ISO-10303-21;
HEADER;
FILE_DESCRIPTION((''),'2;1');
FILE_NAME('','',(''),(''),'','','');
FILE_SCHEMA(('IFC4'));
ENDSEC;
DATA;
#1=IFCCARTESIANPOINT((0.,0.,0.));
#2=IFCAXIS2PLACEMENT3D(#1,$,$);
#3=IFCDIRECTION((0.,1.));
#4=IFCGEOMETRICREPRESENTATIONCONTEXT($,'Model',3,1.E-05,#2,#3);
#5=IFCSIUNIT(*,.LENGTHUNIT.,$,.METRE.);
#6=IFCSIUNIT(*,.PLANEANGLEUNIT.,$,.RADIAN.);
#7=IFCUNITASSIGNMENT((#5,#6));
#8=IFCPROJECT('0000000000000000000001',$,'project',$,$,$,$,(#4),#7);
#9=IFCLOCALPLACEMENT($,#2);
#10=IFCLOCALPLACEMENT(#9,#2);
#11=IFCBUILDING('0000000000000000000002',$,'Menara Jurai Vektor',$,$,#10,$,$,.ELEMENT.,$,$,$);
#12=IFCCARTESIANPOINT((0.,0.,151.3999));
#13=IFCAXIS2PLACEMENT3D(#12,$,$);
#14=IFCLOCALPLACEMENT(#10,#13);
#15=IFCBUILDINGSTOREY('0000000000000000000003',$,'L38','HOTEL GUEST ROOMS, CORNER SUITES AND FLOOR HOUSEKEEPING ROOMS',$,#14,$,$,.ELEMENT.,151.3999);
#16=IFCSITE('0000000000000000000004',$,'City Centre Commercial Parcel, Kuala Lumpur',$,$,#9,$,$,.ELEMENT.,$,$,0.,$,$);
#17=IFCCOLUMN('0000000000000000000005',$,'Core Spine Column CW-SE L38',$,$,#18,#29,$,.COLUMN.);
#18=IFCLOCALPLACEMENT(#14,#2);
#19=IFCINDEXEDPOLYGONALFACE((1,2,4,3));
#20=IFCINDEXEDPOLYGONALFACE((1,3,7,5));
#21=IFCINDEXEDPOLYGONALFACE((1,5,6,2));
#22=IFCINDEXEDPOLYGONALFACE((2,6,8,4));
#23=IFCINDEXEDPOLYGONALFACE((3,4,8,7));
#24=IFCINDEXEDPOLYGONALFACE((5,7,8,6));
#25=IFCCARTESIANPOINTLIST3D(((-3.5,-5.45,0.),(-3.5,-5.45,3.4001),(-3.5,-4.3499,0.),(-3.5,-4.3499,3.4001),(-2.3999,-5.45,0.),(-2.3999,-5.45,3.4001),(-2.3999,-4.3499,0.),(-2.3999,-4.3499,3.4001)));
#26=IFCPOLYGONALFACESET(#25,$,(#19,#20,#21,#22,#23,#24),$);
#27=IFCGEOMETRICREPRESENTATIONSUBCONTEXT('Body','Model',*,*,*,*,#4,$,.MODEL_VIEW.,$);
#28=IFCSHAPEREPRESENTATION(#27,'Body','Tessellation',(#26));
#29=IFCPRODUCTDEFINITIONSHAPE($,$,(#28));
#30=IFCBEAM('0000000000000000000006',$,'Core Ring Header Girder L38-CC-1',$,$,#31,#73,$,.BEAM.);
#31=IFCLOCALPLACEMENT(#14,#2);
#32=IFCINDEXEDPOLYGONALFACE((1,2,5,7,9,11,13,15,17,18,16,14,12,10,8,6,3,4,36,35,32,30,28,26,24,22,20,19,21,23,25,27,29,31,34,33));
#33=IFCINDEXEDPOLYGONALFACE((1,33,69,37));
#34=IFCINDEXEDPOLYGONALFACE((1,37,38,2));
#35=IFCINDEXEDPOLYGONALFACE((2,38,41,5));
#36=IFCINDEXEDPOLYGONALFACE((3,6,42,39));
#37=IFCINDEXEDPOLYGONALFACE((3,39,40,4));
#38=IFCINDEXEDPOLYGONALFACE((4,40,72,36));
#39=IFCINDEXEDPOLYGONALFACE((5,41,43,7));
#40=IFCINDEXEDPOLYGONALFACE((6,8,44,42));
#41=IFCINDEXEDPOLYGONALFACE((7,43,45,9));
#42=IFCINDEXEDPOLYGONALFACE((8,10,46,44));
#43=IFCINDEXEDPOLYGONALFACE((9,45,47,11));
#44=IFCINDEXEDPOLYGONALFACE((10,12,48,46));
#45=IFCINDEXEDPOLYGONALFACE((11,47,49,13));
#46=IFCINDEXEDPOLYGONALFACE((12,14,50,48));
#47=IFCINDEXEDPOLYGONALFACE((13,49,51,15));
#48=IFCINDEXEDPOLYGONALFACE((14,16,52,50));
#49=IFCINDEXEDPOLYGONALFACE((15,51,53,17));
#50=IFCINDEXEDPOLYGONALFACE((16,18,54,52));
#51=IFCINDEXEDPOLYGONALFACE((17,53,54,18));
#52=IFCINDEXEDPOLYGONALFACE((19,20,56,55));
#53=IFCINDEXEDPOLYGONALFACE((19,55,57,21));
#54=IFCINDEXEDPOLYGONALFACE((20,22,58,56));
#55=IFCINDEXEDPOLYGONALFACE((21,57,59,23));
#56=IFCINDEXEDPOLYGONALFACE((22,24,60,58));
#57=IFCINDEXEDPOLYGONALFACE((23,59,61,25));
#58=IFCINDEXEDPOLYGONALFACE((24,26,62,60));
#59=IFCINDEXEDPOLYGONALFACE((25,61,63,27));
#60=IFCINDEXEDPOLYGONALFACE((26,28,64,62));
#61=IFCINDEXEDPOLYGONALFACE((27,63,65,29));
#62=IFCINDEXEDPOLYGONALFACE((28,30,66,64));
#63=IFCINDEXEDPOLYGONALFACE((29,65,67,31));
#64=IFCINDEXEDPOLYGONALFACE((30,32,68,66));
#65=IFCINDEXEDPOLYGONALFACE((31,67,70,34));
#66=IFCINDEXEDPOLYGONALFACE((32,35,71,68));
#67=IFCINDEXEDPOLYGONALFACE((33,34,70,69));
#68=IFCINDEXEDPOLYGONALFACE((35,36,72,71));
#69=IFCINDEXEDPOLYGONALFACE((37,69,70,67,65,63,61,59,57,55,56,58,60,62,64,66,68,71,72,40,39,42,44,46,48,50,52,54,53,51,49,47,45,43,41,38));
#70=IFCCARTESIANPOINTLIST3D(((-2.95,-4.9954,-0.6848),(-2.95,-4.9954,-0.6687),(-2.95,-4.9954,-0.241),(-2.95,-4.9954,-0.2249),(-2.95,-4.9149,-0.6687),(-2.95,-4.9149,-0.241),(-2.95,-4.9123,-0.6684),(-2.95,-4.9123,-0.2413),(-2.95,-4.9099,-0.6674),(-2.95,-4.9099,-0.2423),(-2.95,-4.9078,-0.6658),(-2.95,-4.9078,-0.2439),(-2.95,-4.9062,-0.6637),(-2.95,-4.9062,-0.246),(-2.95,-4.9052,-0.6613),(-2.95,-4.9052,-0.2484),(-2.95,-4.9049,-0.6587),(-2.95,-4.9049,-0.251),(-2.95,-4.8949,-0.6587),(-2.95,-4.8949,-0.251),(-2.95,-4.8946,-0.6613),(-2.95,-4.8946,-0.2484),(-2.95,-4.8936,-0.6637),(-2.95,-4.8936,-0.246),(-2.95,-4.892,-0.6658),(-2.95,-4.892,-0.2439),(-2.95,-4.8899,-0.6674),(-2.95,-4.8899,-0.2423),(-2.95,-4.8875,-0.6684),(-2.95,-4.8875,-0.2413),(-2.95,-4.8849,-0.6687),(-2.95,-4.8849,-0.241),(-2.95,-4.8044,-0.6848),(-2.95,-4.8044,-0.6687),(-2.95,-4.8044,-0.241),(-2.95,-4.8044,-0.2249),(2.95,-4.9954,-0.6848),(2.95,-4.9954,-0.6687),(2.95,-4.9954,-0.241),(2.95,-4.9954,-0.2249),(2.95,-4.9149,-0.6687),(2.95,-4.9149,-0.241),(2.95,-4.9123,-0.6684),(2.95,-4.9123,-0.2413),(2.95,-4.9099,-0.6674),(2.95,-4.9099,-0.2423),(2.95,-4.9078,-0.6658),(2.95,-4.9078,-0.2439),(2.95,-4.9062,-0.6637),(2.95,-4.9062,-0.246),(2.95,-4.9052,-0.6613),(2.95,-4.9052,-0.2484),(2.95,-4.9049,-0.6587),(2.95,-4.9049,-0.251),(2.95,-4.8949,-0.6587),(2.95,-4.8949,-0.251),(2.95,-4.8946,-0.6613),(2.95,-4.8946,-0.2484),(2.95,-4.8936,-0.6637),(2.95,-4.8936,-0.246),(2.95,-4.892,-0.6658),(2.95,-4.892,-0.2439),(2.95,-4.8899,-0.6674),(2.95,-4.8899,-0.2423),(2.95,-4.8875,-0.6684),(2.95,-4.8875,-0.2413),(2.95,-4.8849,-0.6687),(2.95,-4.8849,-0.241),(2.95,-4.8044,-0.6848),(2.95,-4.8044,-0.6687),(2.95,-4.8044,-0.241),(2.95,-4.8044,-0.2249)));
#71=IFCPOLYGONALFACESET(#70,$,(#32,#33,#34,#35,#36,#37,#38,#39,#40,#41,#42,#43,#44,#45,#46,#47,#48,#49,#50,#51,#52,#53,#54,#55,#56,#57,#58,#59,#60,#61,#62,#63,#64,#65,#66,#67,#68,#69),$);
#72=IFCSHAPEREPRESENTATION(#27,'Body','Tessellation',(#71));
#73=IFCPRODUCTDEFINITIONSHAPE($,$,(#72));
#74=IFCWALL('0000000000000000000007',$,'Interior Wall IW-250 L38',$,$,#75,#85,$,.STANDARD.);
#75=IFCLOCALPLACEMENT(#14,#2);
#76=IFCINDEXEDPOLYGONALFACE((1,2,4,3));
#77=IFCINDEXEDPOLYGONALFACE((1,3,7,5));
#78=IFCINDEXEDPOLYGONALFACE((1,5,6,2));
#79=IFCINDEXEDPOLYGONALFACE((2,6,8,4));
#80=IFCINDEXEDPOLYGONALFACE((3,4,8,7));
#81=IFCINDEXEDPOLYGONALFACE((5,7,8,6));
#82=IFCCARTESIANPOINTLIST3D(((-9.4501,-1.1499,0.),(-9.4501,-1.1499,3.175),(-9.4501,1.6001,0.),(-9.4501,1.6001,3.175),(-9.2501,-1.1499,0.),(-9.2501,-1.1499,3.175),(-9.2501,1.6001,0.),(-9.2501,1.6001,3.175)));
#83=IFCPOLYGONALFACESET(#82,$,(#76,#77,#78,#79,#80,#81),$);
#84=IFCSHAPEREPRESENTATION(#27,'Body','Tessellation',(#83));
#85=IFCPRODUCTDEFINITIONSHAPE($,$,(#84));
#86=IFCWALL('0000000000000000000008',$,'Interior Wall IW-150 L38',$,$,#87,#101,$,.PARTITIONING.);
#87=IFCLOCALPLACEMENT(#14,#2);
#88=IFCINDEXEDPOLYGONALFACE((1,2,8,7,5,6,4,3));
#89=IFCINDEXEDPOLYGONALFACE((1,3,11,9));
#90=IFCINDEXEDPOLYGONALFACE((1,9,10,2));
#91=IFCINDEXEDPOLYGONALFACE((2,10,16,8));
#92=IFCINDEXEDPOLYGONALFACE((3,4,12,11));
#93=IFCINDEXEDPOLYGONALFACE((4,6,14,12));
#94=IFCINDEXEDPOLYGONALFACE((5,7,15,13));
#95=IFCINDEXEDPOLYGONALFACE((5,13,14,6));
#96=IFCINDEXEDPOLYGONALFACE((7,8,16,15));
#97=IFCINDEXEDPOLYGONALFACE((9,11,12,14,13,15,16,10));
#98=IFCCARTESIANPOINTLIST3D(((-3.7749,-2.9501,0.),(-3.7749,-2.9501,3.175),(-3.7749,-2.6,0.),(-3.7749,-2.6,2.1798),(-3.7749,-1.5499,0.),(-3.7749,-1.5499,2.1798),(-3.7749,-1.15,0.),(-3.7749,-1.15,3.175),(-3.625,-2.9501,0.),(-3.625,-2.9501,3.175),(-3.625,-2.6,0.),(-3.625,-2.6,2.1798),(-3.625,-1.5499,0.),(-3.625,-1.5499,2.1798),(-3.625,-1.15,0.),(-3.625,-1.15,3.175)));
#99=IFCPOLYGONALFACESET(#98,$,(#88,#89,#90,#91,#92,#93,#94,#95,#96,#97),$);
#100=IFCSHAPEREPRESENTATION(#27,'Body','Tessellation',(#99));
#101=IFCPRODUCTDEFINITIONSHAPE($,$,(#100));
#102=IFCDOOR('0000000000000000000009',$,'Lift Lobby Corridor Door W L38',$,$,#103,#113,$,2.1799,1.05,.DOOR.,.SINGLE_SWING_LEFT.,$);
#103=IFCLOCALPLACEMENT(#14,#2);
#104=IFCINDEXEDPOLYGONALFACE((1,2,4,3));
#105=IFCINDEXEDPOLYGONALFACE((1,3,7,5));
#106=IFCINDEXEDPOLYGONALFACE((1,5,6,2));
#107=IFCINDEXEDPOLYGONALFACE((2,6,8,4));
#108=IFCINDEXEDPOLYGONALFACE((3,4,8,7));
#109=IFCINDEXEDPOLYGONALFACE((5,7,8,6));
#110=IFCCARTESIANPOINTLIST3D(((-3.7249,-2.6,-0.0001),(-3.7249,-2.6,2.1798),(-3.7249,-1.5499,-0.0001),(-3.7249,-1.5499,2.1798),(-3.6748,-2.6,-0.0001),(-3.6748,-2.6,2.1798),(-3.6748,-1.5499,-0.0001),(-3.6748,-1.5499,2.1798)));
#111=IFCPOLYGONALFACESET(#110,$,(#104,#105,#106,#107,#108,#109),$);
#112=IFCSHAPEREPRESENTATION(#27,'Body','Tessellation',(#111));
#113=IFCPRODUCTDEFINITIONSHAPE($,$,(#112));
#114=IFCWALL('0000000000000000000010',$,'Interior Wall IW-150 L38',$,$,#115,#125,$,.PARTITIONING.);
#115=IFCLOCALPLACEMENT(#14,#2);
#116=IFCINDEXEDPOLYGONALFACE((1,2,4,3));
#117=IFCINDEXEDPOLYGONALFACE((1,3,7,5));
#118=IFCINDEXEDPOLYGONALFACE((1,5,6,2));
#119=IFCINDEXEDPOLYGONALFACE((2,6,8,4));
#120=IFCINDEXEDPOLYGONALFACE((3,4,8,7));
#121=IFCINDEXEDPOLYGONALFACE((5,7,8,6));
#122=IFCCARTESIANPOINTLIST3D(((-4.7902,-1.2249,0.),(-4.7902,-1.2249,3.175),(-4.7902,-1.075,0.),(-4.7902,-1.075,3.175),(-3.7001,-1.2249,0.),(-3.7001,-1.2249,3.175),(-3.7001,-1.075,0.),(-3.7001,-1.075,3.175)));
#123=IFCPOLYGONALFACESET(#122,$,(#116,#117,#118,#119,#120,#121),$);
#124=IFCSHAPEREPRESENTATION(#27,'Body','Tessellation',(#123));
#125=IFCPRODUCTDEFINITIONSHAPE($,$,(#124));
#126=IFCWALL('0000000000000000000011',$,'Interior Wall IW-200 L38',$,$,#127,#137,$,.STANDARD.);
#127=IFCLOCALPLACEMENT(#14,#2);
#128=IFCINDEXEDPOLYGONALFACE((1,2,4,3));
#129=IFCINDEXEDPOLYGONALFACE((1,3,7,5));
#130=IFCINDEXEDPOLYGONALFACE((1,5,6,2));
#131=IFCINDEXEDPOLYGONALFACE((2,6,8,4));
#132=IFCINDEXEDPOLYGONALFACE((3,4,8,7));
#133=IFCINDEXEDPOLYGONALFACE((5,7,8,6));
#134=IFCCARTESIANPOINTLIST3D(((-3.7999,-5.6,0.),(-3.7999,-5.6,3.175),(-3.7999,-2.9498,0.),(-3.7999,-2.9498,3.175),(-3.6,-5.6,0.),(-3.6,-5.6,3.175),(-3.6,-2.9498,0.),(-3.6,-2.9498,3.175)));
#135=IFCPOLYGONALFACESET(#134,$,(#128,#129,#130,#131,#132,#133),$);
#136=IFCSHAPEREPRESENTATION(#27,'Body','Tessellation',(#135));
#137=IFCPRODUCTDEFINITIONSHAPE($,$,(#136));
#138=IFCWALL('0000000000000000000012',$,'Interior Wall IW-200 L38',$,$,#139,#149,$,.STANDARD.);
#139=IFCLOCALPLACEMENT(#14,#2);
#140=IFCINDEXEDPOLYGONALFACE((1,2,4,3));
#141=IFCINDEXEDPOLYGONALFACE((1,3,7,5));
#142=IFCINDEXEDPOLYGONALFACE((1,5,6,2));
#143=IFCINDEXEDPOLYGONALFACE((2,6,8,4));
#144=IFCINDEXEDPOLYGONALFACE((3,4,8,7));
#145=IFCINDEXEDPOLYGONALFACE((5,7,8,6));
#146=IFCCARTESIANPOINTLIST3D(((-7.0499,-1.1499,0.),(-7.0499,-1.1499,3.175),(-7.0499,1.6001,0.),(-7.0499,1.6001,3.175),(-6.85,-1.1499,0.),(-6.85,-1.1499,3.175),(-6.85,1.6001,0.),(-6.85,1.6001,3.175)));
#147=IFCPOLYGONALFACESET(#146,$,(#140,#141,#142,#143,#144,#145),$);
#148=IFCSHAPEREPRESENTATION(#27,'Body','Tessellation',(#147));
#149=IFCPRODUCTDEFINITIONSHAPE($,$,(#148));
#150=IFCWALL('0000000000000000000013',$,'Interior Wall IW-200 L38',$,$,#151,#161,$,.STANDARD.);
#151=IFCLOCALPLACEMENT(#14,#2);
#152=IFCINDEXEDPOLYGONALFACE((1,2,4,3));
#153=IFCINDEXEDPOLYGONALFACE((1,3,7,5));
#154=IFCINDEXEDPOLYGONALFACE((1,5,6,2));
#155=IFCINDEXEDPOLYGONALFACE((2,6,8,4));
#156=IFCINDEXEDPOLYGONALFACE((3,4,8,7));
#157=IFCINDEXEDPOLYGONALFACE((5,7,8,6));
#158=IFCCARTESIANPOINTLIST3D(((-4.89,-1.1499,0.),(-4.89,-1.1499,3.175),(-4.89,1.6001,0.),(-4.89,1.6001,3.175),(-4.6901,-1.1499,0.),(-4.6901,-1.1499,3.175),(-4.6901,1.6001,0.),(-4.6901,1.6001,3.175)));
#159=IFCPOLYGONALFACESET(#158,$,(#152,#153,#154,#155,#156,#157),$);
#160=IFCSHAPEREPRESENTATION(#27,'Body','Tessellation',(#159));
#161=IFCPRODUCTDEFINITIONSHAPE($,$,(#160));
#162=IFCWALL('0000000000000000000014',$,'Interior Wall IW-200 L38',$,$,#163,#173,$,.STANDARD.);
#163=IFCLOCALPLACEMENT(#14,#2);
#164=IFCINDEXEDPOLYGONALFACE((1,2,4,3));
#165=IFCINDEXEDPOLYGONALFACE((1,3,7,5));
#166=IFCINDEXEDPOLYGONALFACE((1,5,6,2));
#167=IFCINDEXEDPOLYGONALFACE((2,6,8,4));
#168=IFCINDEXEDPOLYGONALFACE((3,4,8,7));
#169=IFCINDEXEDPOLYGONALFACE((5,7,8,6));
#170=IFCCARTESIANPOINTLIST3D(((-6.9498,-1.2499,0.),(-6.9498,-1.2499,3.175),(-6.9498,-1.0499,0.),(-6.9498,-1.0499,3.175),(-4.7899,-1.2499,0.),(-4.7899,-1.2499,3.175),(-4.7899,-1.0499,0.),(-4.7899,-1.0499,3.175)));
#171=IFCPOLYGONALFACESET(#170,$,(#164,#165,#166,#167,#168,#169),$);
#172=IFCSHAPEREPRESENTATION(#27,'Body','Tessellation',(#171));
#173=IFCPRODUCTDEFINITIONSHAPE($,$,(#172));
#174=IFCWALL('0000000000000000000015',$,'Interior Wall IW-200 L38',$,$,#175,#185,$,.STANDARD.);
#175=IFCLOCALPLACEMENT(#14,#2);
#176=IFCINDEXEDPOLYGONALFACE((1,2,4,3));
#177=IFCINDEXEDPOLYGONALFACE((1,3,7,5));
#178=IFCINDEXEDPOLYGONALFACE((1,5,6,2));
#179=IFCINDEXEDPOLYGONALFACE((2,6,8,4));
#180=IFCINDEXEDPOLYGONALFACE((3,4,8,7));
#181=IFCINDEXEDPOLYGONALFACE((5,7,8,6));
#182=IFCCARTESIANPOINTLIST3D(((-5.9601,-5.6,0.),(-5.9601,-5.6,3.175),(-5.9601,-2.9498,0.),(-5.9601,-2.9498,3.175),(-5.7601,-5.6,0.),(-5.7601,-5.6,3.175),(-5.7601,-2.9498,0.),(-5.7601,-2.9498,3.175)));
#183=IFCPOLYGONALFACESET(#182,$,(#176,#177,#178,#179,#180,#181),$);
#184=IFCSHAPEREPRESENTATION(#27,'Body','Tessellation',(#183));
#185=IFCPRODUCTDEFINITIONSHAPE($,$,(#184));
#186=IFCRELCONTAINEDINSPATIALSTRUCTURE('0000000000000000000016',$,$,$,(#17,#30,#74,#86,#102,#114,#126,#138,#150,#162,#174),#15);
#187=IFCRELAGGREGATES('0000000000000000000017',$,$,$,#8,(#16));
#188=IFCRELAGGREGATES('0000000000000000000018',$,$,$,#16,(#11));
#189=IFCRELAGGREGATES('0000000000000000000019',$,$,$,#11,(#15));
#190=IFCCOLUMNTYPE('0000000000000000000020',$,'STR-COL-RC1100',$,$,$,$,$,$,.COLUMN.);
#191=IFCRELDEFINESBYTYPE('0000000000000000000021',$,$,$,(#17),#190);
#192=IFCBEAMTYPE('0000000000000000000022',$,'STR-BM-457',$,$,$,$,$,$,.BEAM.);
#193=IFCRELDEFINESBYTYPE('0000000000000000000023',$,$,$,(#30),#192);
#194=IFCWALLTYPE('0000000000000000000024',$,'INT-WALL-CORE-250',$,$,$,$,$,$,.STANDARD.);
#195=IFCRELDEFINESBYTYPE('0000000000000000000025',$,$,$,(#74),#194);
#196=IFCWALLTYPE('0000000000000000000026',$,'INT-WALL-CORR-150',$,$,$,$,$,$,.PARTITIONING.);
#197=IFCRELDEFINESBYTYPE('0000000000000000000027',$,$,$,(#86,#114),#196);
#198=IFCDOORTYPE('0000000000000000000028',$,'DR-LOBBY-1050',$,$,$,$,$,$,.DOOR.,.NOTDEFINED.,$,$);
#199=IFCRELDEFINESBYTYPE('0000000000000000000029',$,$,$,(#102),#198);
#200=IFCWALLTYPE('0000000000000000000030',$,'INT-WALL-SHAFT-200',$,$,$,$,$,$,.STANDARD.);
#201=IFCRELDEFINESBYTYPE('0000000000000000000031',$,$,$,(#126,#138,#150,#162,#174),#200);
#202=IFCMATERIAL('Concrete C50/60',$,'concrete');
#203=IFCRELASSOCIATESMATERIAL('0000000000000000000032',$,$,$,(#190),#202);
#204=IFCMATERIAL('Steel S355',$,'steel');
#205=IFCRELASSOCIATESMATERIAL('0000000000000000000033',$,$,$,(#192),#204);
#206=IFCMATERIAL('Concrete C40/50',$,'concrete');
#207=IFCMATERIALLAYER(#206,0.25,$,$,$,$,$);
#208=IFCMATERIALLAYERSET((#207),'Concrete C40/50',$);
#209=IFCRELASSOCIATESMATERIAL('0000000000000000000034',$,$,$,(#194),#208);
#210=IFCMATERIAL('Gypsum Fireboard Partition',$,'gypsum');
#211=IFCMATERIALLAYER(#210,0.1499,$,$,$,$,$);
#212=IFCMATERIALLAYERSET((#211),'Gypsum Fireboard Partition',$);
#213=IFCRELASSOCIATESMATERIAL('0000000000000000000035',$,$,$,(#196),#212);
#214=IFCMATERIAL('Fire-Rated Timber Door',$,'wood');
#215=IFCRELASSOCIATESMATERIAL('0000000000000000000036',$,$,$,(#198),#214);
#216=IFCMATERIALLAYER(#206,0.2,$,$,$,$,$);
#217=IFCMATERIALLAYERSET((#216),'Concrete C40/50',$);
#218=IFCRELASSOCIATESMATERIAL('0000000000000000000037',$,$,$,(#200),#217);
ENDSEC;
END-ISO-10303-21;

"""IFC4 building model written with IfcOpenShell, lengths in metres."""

from ifc_helpers import new_model, si_unit, direction, frame, frame_2d, origin, origin_2d, place, context, subcontext, project, spatial, rectangle, i_section, extrude, material, layer, layer_set, material_profile, profile_set, type_object, element, fill, save


model = new_model("IFC4")

# Units and contexts
model_context = context("Model", 3, precision=1e-05, world=origin(), true_north=direction((0.0, 1.0)))
body_context = subcontext(model_context, "Body", "Model", "MODEL_VIEW")
ifc_project = project(units=[si_unit("LENGTHUNIT", "METRE"), si_unit("PLANEANGLEUNIT", "RADIAN")], contexts=[model_context])

# Site, building, storey
site_placement = place(None, origin())
site = spatial("IfcSite", under=ifc_project, at=site_placement, Name="City Centre Commercial Parcel, Kuala Lumpur", CompositionType="ELEMENT", RefElevation=0.0)
building_placement = place(site_placement, origin())
building = spatial("IfcBuilding", under=site, at=building_placement, Name="Menara Jurai Vektor", CompositionType="ELEMENT")
storey_placement = place(building_placement, frame((0.0, 0.0, 151.3999)))
storey = spatial("IfcBuildingStorey", under=building, at=storey_placement, Name="L38", Description="HOTEL GUEST ROOMS, CORNER SUITES AND FLOOR HOUSEKEEPING ROOMS", CompositionType="ELEMENT", Elevation=151.3999)

# Column
ifc_material_1 = material(Name="Concrete C50/60", Category="concrete")
ifc_material_profile_1 = material_profile(ifc_material_1, rectangle(XDim=1.1001, YDim=1.1001, at=origin_2d()), Name="RC 1100x1100")
ifc_profile_set_1 = profile_set([ifc_material_profile_1], Name="Concrete C50/60")
column_type = type_object("IfcColumnType", Name="STR-COL-RC1100", PredefinedType="COLUMN", material=ifc_profile_set_1)
column_placement = place(storey_placement, frame((-2.95, -4.8999, 0.0), z_axis=(0.0, 0.0, 1.0), x_axis=(1.0, 0.0, 0.0)))
element("IfcColumn", 1, at=column_placement, inside=storey, type_object=column_type, Name="Core Spine Column CW-SE L38", PredefinedType="COLUMN", context=body_context, shape_type="SweptSolid", body=[
    extrude(rectangle(XDim=1.1001, YDim=1.1001, at=origin_2d()), origin(), (0.0, 0.0, 1.0), 3.4001),
])

# Beam
ifc_material_2 = material(Name="Steel S355", Category="steel")
ifc_material_profile_2 = material_profile(ifc_material_2, i_section(OverallWidth=0.1909, OverallDepth=0.46, WebThickness=0.01, FlangeThickness=0.0161, FilletRadius=0.01, at=origin_2d()), Name="UKB 457x191x82")
ifc_profile_set_2 = profile_set([ifc_material_profile_2], Name="Steel S355")
beam_type = type_object("IfcBeamType", Name="STR-BM-457", PredefinedType="BEAM", material=ifc_profile_set_2)
beam_placement = place(storey_placement, frame((-2.95, -4.8999, -0.4548), z_axis=(1.0, 0.0, 0.0), x_axis=(0.0, 1.0, 0.0)))
element("IfcBeam", 2, at=beam_placement, inside=storey, type_object=beam_type, Name="Core Ring Header Girder L38-CC-1", PredefinedType="BEAM", context=body_context, shape_type="SweptSolid", body=[
    extrude(i_section(OverallWidth=0.1909, OverallDepth=0.46, WebThickness=0.01, FlangeThickness=0.0161, FilletRadius=0.01, at=origin_2d()), origin(), (0.0, 0.0, 1.0), 5.8999),
])

# Wall
ifc_material_3 = material(Name="Concrete C40/50", Category="concrete")
ifc_layer_1 = layer(ifc_material_3, 0.25)
ifc_layer_set_1 = layer_set([ifc_layer_1], Name="Concrete C40/50")
wall_type_1 = type_object("IfcWallType", Name="INT-WALL-CORE-250", PredefinedType="STANDARD", material=ifc_layer_set_1)
wall_1_placement = place(storey_placement, frame((-9.3501, -1.1499, 0.0), z_axis=(0.0, 0.0, 1.0), x_axis=(0.0, 1.0, 0.0)))
element("IfcWall", 3, at=wall_1_placement, inside=storey, type_object=wall_type_1, Name="Interior Wall IW-250 L38", PredefinedType="STANDARD", context=body_context, shape_type="SweptSolid", body=[
    extrude(rectangle(XDim=2.75, YDim=0.2, at=frame_2d((1.375, 0.0))), origin(), (0.0, 0.0, 1.0), 3.175),
])

# Wall, opening, door
ifc_material_4 = material(Name="Gypsum Fireboard Partition", Category="gypsum")
ifc_layer_2 = layer(ifc_material_4, 0.1499)
ifc_layer_set_2 = layer_set([ifc_layer_2], Name="Gypsum Fireboard Partition")
wall_type_2 = type_object("IfcWallType", Name="INT-WALL-CORR-150", PredefinedType="PARTITIONING", material=ifc_layer_set_2)
wall_2_placement = place(storey_placement, frame((-3.7, -2.95, 0.0), z_axis=(0.0, 0.0, 1.0), x_axis=(0.0, 1.0, 0.0)))
wall_2 = element("IfcWall", 4, at=wall_2_placement, inside=storey, type_object=wall_type_2, Name="Interior Wall IW-150 L38", PredefinedType="PARTITIONING", context=body_context, shape_type="SweptSolid", body=[
    extrude(rectangle(XDim=1.8, YDim=0.1499, at=frame_2d((0.8999, 0.0))), origin(), (0.0, 0.0, 1.0), 3.175),
])
opening_1_placement = place(wall_2_placement, frame((0.3501, 0.0, 0.0)))
opening_1 = element("IfcOpeningElement", 5, at=opening_1_placement, cuts=wall_2, PredefinedType="OPENING", context=body_context, shape_type="SweptSolid", body=[
    extrude(rectangle(XDim=1.05, YDim=2.1799, at=frame_2d((0.5249, 1.0898))), frame((0.0, 0.085, 0.0), z_axis=(0.0, -1.0, 0.0), x_axis=(1.0, 0.0, 0.0)), (0.0, 0.0, 1.0), 0.1699),
])
ifc_material_5 = material(Name="Fire-Rated Timber Door", Category="wood")
door_type_1 = type_object("IfcDoorType", Name="DR-LOBBY-1050", OperationType="NOTDEFINED", PredefinedType="DOOR", material=ifc_material_5)
door_1_placement = place(opening_1_placement, origin())
door_1 = element("IfcDoor", 6, at=door_1_placement, inside=storey, type_object=door_type_1, Name="Lift Lobby Corridor Door W L38", OperationType="SINGLE_SWING_LEFT", OverallHeight=2.1799, OverallWidth=1.05, PredefinedType="DOOR", context=body_context, shape_type="SweptSolid", body=[
    extrude(rectangle(XDim=1.05, YDim=2.1799, at=frame_2d((0.5249, 1.0898))), frame((0.0, 0.0249, 0.0), z_axis=(0.0, -1.0, 0.0), x_axis=(1.0, 0.0, 0.0)), (0.0, 0.0, 1.0), 0.05),
])
fill(opening_1, door_1)

# Wall
wall_3_placement = place(storey_placement, frame((-4.79, -1.1499, 0.0), z_axis=(0.0, 0.0, 1.0), x_axis=(1.0, 0.0, 0.0)))
element("IfcWall", 7, at=wall_3_placement, inside=storey, type_object=wall_type_2, Name="Interior Wall IW-150 L38", PredefinedType="PARTITIONING", context=body_context, shape_type="SweptSolid", body=[
    extrude(rectangle(XDim=1.0901, YDim=0.1499, at=frame_2d((0.5449, 0.0))), origin(), (0.0, 0.0, 1.0), 3.175),
])

# Shared definitions
ifc_layer_3 = layer(ifc_material_3, 0.2)
ifc_layer_set_3 = layer_set([ifc_layer_3], Name="Concrete C40/50")
wall_type_3 = type_object("IfcWallType", Name="INT-WALL-SHAFT-200", PredefinedType="STANDARD", material=ifc_layer_set_3)

# Walls
wall_4_placement = place(storey_placement, frame((-3.7, -5.6001, 0.0), z_axis=(0.0, 0.0, 1.0), x_axis=(0.0, 1.0, 0.0)))
element("IfcWall", 8, at=wall_4_placement, inside=storey, type_object=wall_type_3, Name="Interior Wall IW-200 L38", PredefinedType="STANDARD", context=body_context, shape_type="SweptSolid", body=[
    extrude(rectangle(XDim=2.6501, YDim=0.2, at=frame_2d((1.3252, 0.0))), origin(), (0.0, 0.0, 1.0), 3.175),
])
wall_5_placement = place(storey_placement, frame((-6.95, -1.1499, 0.0), z_axis=(0.0, 0.0, 1.0), x_axis=(0.0, 1.0, 0.0)))
element("IfcWall", 9, at=wall_5_placement, inside=storey, type_object=wall_type_3, Name="Interior Wall IW-200 L38", PredefinedType="STANDARD", context=body_context, shape_type="SweptSolid", body=[
    extrude(rectangle(XDim=2.75, YDim=0.2, at=frame_2d((1.375, 0.0))), origin(), (0.0, 0.0, 1.0), 3.175),
])

# Walls
wall_6_placement = place(storey_placement, frame((-4.79, -1.1499, 0.0), z_axis=(0.0, 0.0, 1.0), x_axis=(0.0, 1.0, 0.0)))
element("IfcWall", 10, at=wall_6_placement, inside=storey, type_object=wall_type_3, Name="Interior Wall IW-200 L38", PredefinedType="STANDARD", context=body_context, shape_type="SweptSolid", body=[
    extrude(rectangle(XDim=2.75, YDim=0.2, at=frame_2d((1.375, 0.0))), origin(), (0.0, 0.0, 1.0), 3.175),
])
wall_7_placement = place(storey_placement, frame((-6.95, -1.1499, 0.0), z_axis=(0.0, 0.0, 1.0), x_axis=(1.0, 0.0, 0.0)))
element("IfcWall", 11, at=wall_7_placement, inside=storey, type_object=wall_type_3, Name="Interior Wall IW-200 L38", PredefinedType="STANDARD", context=body_context, shape_type="SweptSolid", body=[
    extrude(rectangle(XDim=2.1599, YDim=0.2, at=frame_2d((1.0801, 0.0))), origin(), (0.0, 0.0, 1.0), 3.175),
])
wall_8_placement = place(storey_placement, frame((-5.8601, -5.6001, 0.0), z_axis=(0.0, 0.0, 1.0), x_axis=(0.0, 1.0, 0.0)))
element("IfcWall", 12, at=wall_8_placement, inside=storey, type_object=wall_type_3, Name="Interior Wall IW-200 L38", PredefinedType="STANDARD", context=body_context, shape_type="SweptSolid", body=[
    extrude(rectangle(XDim=2.6501, YDim=0.2, at=frame_2d((1.3252, 0.0))), origin(), (0.0, 0.0, 1.0), 3.175),
])

save(model, "model.ifc")
